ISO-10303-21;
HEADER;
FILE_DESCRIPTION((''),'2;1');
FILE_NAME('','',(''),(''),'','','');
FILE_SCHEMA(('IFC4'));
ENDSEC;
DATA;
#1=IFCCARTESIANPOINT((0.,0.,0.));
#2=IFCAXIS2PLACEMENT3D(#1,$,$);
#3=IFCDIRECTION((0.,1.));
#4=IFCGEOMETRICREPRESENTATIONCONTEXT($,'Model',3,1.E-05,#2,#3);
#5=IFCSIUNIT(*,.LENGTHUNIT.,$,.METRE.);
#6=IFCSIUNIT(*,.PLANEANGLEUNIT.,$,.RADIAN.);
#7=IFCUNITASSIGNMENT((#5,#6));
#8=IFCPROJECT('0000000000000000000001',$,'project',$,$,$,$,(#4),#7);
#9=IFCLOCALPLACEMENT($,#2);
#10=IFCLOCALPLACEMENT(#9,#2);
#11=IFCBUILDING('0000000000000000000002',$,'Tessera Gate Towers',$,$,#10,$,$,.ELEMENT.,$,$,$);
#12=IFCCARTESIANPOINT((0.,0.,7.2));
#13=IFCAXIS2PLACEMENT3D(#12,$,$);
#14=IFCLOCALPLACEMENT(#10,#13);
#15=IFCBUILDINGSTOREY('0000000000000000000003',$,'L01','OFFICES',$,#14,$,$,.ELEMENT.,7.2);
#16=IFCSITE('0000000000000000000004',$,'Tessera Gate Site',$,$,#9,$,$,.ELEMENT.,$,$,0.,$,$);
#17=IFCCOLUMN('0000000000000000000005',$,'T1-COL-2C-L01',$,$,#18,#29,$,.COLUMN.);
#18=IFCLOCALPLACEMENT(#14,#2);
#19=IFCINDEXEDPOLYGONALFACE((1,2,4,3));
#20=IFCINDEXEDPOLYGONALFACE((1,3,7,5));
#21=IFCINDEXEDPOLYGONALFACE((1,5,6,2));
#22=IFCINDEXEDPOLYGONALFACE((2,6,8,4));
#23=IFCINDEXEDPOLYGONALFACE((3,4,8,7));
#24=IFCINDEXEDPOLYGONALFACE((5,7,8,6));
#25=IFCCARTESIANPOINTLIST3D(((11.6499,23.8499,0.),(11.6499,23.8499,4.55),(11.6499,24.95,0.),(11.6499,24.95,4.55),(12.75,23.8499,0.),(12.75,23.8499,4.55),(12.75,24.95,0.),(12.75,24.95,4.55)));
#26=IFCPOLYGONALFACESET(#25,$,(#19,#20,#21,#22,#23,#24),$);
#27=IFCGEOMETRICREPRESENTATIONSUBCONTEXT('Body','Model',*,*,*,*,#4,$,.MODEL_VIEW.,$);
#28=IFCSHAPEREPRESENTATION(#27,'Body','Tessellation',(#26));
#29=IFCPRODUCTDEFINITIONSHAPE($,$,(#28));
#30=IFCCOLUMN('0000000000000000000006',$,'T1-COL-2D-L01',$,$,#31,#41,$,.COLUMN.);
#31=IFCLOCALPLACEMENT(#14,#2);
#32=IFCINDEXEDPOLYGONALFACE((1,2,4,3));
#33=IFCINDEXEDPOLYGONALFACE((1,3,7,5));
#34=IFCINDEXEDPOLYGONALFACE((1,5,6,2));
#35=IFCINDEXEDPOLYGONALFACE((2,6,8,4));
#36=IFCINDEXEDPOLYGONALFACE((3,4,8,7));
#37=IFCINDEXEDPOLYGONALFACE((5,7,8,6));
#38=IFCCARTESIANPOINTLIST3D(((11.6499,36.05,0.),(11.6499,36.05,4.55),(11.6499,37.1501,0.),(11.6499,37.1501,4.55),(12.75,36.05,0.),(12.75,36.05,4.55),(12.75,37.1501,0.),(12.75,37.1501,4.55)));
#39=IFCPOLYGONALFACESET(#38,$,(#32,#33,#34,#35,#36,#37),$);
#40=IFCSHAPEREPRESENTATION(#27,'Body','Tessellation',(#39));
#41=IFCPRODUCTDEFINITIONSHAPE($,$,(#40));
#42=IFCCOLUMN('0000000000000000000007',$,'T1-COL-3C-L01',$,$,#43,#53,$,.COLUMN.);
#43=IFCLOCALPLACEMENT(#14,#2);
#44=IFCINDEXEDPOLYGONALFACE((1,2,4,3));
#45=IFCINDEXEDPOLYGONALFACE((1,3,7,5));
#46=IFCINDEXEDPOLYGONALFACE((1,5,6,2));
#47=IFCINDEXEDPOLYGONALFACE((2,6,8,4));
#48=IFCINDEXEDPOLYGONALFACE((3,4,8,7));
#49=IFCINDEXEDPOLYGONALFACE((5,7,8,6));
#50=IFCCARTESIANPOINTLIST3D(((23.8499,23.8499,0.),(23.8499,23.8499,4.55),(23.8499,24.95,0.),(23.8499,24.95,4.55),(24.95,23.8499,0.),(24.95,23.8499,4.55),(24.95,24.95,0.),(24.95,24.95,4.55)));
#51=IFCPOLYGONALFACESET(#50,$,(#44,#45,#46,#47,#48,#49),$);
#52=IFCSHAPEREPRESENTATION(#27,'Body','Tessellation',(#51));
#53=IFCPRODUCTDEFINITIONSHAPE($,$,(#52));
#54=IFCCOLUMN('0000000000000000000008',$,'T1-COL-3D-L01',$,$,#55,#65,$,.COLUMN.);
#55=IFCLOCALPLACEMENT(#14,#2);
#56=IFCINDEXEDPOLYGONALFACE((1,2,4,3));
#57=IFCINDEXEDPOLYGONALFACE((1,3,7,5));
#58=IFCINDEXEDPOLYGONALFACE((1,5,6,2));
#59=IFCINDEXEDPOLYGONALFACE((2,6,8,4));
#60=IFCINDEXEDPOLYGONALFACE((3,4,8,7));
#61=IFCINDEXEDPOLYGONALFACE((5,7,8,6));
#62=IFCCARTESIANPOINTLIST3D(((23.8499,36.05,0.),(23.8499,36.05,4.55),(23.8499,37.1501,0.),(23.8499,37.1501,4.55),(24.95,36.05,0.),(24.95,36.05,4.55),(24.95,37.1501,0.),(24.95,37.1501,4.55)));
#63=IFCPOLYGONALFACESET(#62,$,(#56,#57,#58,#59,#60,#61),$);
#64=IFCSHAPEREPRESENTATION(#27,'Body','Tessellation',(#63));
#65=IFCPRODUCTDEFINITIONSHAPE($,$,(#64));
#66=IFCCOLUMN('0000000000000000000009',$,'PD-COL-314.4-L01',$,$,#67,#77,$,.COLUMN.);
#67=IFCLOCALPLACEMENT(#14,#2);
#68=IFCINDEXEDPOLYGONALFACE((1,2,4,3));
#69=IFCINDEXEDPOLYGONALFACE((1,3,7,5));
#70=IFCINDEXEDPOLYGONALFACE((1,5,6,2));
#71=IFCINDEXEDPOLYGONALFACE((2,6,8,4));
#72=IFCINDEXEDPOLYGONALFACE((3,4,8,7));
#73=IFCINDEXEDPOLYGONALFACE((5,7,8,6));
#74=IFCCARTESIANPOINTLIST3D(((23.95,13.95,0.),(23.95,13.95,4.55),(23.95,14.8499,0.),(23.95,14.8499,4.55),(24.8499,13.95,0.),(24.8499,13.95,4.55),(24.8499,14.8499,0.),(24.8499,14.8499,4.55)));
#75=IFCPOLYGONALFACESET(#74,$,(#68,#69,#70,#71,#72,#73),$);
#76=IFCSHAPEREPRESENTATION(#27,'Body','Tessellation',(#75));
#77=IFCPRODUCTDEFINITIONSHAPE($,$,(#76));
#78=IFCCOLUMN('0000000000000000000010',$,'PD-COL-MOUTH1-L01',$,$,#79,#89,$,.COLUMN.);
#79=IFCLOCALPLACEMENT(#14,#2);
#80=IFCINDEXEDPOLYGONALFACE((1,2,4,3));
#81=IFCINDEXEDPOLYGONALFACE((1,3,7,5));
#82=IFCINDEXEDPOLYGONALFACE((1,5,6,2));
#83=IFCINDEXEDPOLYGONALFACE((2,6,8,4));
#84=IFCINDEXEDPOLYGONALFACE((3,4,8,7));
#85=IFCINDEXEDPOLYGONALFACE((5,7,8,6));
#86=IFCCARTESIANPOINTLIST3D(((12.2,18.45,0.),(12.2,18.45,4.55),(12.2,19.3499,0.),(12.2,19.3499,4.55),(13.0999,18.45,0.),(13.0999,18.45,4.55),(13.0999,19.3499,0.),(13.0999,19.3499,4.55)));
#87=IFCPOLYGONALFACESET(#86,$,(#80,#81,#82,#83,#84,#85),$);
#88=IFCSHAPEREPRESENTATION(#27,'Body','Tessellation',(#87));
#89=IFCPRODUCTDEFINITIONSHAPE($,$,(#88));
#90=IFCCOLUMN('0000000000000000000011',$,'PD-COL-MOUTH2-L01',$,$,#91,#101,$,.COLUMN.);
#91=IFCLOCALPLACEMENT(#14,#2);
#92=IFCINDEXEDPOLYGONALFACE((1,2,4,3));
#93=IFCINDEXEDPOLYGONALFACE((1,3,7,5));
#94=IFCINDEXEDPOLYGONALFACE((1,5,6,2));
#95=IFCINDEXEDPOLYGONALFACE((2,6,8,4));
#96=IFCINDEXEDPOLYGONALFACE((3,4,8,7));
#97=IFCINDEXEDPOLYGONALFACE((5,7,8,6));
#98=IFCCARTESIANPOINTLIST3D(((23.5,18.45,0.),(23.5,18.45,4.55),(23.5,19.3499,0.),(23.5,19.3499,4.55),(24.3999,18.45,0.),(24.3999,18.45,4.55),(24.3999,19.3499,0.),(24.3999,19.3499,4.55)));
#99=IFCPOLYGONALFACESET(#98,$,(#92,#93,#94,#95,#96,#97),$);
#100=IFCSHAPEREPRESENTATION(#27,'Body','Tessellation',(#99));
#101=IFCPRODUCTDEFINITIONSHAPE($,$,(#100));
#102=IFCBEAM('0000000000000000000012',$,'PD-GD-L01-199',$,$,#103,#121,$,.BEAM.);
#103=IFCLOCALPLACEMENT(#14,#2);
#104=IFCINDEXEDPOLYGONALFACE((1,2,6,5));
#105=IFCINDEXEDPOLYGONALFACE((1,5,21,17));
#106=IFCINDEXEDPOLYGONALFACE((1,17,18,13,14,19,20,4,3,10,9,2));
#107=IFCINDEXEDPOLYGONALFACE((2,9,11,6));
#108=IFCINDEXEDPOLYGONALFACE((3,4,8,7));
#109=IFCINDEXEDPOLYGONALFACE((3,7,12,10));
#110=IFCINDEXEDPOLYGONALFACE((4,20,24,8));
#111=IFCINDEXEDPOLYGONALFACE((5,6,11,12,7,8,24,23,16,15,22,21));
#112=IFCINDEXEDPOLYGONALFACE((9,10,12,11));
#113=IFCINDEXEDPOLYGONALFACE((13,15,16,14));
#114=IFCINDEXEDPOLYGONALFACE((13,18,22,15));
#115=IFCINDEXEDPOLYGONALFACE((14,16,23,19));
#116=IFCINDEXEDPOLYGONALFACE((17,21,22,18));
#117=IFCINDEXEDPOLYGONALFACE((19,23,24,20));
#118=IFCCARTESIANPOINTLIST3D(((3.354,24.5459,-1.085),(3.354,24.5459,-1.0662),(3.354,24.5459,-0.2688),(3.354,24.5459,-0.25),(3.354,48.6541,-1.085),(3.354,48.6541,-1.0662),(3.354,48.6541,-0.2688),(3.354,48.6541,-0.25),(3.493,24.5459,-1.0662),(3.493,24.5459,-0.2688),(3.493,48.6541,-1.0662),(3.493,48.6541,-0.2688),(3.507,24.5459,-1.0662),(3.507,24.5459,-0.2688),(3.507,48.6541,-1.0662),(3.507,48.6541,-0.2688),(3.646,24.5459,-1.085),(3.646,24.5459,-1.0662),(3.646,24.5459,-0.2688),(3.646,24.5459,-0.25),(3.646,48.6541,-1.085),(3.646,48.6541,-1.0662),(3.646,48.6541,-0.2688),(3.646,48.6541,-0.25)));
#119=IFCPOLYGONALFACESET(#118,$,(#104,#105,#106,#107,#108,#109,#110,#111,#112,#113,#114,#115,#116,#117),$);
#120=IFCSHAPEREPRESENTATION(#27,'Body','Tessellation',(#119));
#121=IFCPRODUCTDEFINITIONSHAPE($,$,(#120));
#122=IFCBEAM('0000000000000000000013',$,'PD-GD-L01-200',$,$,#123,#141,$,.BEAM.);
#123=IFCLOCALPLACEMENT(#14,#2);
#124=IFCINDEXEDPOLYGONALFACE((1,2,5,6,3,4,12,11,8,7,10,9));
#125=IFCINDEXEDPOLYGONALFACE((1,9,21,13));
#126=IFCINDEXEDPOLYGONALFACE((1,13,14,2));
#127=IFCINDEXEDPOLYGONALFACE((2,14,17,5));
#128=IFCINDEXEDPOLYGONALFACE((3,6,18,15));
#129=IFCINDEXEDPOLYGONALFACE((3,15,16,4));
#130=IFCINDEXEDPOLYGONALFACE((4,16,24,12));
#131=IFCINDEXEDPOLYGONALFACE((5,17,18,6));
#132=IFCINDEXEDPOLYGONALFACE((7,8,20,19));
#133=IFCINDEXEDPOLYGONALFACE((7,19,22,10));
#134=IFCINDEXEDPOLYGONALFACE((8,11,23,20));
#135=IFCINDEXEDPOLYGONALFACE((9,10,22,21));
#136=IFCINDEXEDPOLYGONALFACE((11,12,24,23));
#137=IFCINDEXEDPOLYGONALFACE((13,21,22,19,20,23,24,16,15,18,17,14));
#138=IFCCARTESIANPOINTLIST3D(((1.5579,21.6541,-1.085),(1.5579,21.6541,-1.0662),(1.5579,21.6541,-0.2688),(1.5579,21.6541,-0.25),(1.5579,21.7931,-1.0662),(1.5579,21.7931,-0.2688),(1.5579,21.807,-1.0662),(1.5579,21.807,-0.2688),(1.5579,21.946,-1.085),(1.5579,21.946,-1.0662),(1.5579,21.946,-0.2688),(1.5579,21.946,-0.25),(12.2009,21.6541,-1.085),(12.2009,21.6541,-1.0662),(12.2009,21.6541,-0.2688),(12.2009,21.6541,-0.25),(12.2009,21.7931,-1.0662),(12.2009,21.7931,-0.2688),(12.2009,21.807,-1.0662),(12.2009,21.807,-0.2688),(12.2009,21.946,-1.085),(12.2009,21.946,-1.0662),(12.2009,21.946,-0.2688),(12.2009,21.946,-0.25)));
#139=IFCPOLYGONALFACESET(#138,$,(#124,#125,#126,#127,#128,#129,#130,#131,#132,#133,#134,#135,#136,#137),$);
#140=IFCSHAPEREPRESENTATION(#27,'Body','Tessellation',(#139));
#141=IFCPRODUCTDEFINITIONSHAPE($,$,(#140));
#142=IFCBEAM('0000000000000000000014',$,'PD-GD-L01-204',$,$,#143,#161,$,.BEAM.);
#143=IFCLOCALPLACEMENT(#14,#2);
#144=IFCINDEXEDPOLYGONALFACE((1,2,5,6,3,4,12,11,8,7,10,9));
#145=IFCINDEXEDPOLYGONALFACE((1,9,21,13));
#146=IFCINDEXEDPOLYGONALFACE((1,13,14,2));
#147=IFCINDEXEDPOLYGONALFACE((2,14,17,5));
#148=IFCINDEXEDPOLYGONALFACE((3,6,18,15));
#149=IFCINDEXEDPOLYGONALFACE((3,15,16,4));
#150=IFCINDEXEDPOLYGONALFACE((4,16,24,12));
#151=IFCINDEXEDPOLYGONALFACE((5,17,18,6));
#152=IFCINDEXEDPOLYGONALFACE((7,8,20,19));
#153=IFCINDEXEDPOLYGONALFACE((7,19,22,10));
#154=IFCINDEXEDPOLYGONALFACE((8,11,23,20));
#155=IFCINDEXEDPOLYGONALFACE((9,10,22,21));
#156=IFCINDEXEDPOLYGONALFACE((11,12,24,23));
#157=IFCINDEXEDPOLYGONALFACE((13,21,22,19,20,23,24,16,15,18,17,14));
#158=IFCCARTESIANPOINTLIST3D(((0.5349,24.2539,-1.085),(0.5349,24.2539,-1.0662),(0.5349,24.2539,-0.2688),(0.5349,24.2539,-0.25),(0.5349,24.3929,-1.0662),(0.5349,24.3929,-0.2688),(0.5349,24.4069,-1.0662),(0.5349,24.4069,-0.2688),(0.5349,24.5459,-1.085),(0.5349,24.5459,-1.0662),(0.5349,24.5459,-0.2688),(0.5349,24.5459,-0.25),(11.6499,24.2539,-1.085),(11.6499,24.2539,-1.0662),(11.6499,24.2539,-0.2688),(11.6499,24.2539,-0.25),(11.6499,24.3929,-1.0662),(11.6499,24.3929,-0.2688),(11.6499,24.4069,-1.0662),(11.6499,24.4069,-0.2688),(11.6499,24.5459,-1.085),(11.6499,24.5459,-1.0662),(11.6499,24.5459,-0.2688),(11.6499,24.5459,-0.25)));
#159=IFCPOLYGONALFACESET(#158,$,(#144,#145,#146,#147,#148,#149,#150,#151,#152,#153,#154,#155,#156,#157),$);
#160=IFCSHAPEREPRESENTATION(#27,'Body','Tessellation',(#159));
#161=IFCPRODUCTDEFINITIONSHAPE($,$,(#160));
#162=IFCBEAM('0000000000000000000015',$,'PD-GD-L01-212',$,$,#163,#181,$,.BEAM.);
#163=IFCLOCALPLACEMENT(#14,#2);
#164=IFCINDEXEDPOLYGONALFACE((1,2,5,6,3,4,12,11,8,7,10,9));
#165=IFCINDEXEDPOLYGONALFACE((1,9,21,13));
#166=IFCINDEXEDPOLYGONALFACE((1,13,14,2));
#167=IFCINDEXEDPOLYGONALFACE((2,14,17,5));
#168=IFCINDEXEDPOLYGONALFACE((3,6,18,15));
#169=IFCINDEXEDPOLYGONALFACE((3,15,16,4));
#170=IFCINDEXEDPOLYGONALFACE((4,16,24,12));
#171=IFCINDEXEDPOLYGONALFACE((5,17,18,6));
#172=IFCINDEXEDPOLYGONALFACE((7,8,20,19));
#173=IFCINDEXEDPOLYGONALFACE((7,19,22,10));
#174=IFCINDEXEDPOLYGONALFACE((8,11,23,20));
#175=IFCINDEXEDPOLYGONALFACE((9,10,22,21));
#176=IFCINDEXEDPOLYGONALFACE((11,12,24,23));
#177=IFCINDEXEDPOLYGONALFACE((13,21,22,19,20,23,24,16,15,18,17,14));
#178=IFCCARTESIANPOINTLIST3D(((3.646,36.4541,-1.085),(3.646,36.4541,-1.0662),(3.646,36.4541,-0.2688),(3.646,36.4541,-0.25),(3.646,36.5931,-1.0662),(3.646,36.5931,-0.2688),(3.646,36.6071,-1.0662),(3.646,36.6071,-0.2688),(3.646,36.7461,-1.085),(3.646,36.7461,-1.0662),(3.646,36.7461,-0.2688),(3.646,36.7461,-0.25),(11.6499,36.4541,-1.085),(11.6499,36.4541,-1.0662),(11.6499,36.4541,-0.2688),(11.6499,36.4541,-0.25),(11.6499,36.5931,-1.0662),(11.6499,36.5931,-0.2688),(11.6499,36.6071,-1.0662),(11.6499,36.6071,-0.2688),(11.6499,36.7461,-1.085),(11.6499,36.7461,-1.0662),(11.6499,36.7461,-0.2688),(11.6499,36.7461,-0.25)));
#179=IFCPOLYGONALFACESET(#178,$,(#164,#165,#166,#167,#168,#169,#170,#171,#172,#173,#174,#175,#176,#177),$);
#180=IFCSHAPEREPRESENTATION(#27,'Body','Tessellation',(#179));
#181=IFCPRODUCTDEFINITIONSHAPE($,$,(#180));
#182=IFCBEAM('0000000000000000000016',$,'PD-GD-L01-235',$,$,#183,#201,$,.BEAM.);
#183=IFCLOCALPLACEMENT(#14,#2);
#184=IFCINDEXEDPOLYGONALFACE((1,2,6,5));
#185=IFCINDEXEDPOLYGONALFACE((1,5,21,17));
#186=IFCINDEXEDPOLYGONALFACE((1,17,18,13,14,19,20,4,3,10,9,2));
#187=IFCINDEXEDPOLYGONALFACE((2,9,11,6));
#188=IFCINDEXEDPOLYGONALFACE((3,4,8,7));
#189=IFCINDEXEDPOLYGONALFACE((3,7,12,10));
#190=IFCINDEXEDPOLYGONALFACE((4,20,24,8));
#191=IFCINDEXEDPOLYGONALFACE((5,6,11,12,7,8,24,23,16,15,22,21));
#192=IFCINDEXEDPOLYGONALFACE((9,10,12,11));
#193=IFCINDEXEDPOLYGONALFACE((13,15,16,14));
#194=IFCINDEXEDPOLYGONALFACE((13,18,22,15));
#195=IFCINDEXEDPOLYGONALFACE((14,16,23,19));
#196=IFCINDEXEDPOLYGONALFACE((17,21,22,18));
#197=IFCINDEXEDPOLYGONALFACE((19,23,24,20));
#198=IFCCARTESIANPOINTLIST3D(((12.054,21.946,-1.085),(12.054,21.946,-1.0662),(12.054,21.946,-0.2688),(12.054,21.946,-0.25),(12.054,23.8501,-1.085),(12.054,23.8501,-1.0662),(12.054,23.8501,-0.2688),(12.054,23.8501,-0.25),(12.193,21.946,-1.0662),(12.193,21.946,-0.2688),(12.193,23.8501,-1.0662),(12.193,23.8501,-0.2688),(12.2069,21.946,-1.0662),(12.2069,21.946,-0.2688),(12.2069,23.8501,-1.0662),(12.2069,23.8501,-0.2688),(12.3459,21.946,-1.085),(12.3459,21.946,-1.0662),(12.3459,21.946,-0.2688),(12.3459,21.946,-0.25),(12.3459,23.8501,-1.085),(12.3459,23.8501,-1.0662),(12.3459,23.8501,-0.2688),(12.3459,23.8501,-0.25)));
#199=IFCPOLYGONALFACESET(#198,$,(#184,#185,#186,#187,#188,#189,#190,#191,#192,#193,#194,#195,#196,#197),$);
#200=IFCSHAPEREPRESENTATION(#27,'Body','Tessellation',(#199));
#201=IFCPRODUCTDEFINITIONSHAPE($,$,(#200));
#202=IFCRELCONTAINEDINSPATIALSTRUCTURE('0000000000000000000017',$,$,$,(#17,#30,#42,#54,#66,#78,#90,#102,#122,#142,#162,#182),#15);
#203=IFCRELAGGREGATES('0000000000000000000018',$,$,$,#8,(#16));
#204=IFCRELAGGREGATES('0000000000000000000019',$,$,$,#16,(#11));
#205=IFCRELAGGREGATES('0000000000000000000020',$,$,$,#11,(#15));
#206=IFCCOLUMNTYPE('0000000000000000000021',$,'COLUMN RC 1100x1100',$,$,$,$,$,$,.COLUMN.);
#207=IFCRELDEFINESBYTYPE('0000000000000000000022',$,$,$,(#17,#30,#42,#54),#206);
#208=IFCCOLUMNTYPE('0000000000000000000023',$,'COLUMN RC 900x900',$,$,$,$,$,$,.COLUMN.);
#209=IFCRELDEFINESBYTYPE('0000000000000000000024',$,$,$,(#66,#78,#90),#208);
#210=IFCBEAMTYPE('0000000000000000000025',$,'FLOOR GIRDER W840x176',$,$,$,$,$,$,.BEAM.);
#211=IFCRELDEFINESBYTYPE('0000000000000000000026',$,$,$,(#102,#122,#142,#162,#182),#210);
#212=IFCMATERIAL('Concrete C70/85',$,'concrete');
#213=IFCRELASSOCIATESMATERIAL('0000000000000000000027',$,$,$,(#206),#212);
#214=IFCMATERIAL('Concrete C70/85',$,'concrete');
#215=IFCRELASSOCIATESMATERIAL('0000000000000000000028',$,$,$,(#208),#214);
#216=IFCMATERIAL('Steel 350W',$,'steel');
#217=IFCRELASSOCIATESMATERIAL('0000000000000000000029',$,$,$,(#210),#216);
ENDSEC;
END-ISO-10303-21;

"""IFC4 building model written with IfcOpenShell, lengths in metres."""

from ifc_helpers import new_model, si_unit, direction, frame, origin, origin_2d, place, context, subcontext, project, spatial, rectangle, i_section, extrude, material, material_profile, profile_set, type_object, element, save


model = new_model("IFC4")

# Units and contexts
model_context = context("Model", 3, precision=1e-05, world=origin(), true_north=direction((0.0, 1.0)))
body_context = subcontext(model_context, "Body", "Model", "MODEL_VIEW")
ifc_project = project(units=[si_unit("LENGTHUNIT", "METRE"), si_unit("PLANEANGLEUNIT", "RADIAN")], contexts=[model_context])

# Site, building, storey
site_placement = place(None, origin())
site = spatial("IfcSite", under=ifc_project, at=site_placement, Name="Tessera Gate Site", CompositionType="ELEMENT", RefElevation=0.0)
building_placement = place(site_placement, origin())
building = spatial("IfcBuilding", under=site, at=building_placement, Name="Tessera Gate Towers", CompositionType="ELEMENT")
storey_placement = place(building_placement, frame((0.0, 0.0, 7.2)))
storey = spatial("IfcBuildingStorey", under=building, at=storey_placement, Name="L01", Description="OFFICES", CompositionType="ELEMENT", Elevation=7.2)

# Columns
ifc_material_1 = material(Name="Concrete C70/85", Category="concrete")
ifc_material_profile_1 = material_profile(ifc_material_1, rectangle(XDim=1.1001, YDim=1.1001, at=origin_2d()), Name="RC 1100x1100")
ifc_profile_set_1 = profile_set([ifc_material_profile_1], Name="Concrete C70/85")
column_type_1 = type_object("IfcColumnType", Name="COLUMN RC 1100x1100", PredefinedType="COLUMN", material=ifc_profile_set_1)
for number, where, z_axis, x_axis, name in (
    (1, (12.2, 24.3999, 0.0), (0.0, 0.0, 1.0), (1.0, 0.0, 0.0), "T1-COL-2C-L01"),
    (2, (12.2, 36.6001, 0.0), (0.0, 0.0, 1.0), (1.0, 0.0, 0.0), "T1-COL-2D-L01"),
    (3, (24.3999, 24.3999, 0.0), (0.0, 0.0, 1.0), (1.0, 0.0, 0.0), "T1-COL-3C-L01"),
    (4, (24.3999, 36.6001, 0.0), (0.0, 0.0, 1.0), (1.0, 0.0, 0.0), "T1-COL-3D-L01"),
):
    element("IfcColumn", number, at=place(storey_placement, frame(where, z_axis=z_axis, x_axis=x_axis)), inside=storey, type_object=column_type_1, Name=name, PredefinedType="COLUMN", context=body_context, shape_type="SweptSolid", body=[
        extrude(rectangle(XDim=1.1001, YDim=1.1001, at=origin_2d()), origin(), (0.0, 0.0, 1.0), 4.55),
    ])
ifc_material_2 = material(Name="Concrete C70/85", Category="concrete")
ifc_material_profile_2 = material_profile(ifc_material_2, rectangle(XDim=0.8999, YDim=0.8999, at=origin_2d()), Name="RC 900x900")
ifc_profile_set_2 = profile_set([ifc_material_profile_2], Name="Concrete C70/85")
column_type_2 = type_object("IfcColumnType", Name="COLUMN RC 900x900", PredefinedType="COLUMN", material=ifc_profile_set_2)
for number, where, z_axis, x_axis, name in (
    (5, (24.3999, 14.3999, 0.0), (0.0, 0.0, 1.0), (1.0, 0.0, 0.0), "PD-COL-314.4-L01"),
    (6, (12.6499, 18.8999, 0.0), (0.0, 0.0, 1.0), (1.0, 0.0, 0.0), "PD-COL-MOUTH1-L01"),
    (7, (23.95, 18.8999, 0.0), (0.0, 0.0, 1.0), (1.0, 0.0, 0.0), "PD-COL-MOUTH2-L01"),
):
    element("IfcColumn", number, at=place(storey_placement, frame(where, z_axis=z_axis, x_axis=x_axis)), inside=storey, type_object=column_type_2, Name=name, PredefinedType="COLUMN", context=body_context, shape_type="SweptSolid", body=[
        extrude(rectangle(XDim=0.8999, YDim=0.8999, at=origin_2d()), origin(), (0.0, 0.0, 1.0), 4.55),
    ])

# Beams
ifc_material_3 = material(Name="Steel 350W", Category="steel")
ifc_material_profile_3 = material_profile(ifc_material_3, i_section(OverallWidth=0.292, OverallDepth=0.835, WebThickness=0.0139, FlangeThickness=0.0188, at=origin_2d()), Name="W840x176")
ifc_profile_set_3 = profile_set([ifc_material_profile_3], Name="Steel 350W")
beam_type_1 = type_object("IfcBeamType", Name="FLOOR GIRDER W840x176", PredefinedType="BEAM", material=ifc_profile_set_3)
beam_1_placement = place(storey_placement, frame((3.5, 24.5459, -0.6675), z_axis=(0.0, 1.0, 0.0), x_axis=(-1.0, 0.0, 0.0)))
element("IfcBeam", 8, at=beam_1_placement, inside=storey, type_object=beam_type_1, Name="PD-GD-L01-199", PredefinedType="BEAM", context=body_context, shape_type="SweptSolid", body=[
    extrude(i_section(OverallWidth=0.292, OverallDepth=0.835, WebThickness=0.0139, FlangeThickness=0.0188, at=origin_2d()), origin(), (0.0, 0.0, 1.0), 24.1082),
])
beam_2_placement = place(storey_placement, frame((1.5579, 21.8, -0.6675), z_axis=(1.0, 0.0, 0.0), x_axis=(0.0, 1.0, 0.0)))
element("IfcBeam", 9, at=beam_2_placement, inside=storey, type_object=beam_type_1, Name="PD-GD-L01-200", PredefinedType="BEAM", context=body_context, shape_type="SweptSolid", body=[
    extrude(i_section(OverallWidth=0.292, OverallDepth=0.835, WebThickness=0.0139, FlangeThickness=0.0188, at=origin_2d()), origin(), (0.0, 0.0, 1.0), 10.6431),
])
beam_3_placement = place(storey_placement, frame((0.5349, 24.3999, -0.6675), z_axis=(1.0, 0.0, 0.0), x_axis=(0.0, 1.0, 0.0)))
element("IfcBeam", 10, at=beam_3_placement, inside=storey, type_object=beam_type_1, Name="PD-GD-L01-204", PredefinedType="BEAM", context=body_context, shape_type="SweptSolid", body=[
    extrude(i_section(OverallWidth=0.292, OverallDepth=0.835, WebThickness=0.0139, FlangeThickness=0.0188, at=origin_2d()), origin(), (0.0, 0.0, 1.0), 11.115),
])
beam_4_placement = place(storey_placement, frame((3.646, 36.6001, -0.6675), z_axis=(1.0, 0.0, 0.0), x_axis=(0.0, 1.0, 0.0)))
element("IfcBeam", 11, at=beam_4_placement, inside=storey, type_object=beam_type_1, Name="PD-GD-L01-212", PredefinedType="BEAM", context=body_context, shape_type="SweptSolid", body=[
    extrude(i_section(OverallWidth=0.292, OverallDepth=0.835, WebThickness=0.0139, FlangeThickness=0.0188, at=origin_2d()), origin(), (0.0, 0.0, 1.0), 8.0039),
])
beam_5_placement = place(storey_placement, frame((12.2, 21.946, -0.6675), z_axis=(0.0, 1.0, 0.0), x_axis=(-1.0, 0.0, 0.0)))
element("IfcBeam", 12, at=beam_5_placement, inside=storey, type_object=beam_type_1, Name="PD-GD-L01-235", PredefinedType="BEAM", context=body_context, shape_type="SweptSolid", body=[
    extrude(i_section(OverallWidth=0.292, OverallDepth=0.835, WebThickness=0.0139, FlangeThickness=0.0188, at=origin_2d()), origin(), (0.0, 0.0, 1.0), 1.9041),
])

save(model, "model.ifc")
